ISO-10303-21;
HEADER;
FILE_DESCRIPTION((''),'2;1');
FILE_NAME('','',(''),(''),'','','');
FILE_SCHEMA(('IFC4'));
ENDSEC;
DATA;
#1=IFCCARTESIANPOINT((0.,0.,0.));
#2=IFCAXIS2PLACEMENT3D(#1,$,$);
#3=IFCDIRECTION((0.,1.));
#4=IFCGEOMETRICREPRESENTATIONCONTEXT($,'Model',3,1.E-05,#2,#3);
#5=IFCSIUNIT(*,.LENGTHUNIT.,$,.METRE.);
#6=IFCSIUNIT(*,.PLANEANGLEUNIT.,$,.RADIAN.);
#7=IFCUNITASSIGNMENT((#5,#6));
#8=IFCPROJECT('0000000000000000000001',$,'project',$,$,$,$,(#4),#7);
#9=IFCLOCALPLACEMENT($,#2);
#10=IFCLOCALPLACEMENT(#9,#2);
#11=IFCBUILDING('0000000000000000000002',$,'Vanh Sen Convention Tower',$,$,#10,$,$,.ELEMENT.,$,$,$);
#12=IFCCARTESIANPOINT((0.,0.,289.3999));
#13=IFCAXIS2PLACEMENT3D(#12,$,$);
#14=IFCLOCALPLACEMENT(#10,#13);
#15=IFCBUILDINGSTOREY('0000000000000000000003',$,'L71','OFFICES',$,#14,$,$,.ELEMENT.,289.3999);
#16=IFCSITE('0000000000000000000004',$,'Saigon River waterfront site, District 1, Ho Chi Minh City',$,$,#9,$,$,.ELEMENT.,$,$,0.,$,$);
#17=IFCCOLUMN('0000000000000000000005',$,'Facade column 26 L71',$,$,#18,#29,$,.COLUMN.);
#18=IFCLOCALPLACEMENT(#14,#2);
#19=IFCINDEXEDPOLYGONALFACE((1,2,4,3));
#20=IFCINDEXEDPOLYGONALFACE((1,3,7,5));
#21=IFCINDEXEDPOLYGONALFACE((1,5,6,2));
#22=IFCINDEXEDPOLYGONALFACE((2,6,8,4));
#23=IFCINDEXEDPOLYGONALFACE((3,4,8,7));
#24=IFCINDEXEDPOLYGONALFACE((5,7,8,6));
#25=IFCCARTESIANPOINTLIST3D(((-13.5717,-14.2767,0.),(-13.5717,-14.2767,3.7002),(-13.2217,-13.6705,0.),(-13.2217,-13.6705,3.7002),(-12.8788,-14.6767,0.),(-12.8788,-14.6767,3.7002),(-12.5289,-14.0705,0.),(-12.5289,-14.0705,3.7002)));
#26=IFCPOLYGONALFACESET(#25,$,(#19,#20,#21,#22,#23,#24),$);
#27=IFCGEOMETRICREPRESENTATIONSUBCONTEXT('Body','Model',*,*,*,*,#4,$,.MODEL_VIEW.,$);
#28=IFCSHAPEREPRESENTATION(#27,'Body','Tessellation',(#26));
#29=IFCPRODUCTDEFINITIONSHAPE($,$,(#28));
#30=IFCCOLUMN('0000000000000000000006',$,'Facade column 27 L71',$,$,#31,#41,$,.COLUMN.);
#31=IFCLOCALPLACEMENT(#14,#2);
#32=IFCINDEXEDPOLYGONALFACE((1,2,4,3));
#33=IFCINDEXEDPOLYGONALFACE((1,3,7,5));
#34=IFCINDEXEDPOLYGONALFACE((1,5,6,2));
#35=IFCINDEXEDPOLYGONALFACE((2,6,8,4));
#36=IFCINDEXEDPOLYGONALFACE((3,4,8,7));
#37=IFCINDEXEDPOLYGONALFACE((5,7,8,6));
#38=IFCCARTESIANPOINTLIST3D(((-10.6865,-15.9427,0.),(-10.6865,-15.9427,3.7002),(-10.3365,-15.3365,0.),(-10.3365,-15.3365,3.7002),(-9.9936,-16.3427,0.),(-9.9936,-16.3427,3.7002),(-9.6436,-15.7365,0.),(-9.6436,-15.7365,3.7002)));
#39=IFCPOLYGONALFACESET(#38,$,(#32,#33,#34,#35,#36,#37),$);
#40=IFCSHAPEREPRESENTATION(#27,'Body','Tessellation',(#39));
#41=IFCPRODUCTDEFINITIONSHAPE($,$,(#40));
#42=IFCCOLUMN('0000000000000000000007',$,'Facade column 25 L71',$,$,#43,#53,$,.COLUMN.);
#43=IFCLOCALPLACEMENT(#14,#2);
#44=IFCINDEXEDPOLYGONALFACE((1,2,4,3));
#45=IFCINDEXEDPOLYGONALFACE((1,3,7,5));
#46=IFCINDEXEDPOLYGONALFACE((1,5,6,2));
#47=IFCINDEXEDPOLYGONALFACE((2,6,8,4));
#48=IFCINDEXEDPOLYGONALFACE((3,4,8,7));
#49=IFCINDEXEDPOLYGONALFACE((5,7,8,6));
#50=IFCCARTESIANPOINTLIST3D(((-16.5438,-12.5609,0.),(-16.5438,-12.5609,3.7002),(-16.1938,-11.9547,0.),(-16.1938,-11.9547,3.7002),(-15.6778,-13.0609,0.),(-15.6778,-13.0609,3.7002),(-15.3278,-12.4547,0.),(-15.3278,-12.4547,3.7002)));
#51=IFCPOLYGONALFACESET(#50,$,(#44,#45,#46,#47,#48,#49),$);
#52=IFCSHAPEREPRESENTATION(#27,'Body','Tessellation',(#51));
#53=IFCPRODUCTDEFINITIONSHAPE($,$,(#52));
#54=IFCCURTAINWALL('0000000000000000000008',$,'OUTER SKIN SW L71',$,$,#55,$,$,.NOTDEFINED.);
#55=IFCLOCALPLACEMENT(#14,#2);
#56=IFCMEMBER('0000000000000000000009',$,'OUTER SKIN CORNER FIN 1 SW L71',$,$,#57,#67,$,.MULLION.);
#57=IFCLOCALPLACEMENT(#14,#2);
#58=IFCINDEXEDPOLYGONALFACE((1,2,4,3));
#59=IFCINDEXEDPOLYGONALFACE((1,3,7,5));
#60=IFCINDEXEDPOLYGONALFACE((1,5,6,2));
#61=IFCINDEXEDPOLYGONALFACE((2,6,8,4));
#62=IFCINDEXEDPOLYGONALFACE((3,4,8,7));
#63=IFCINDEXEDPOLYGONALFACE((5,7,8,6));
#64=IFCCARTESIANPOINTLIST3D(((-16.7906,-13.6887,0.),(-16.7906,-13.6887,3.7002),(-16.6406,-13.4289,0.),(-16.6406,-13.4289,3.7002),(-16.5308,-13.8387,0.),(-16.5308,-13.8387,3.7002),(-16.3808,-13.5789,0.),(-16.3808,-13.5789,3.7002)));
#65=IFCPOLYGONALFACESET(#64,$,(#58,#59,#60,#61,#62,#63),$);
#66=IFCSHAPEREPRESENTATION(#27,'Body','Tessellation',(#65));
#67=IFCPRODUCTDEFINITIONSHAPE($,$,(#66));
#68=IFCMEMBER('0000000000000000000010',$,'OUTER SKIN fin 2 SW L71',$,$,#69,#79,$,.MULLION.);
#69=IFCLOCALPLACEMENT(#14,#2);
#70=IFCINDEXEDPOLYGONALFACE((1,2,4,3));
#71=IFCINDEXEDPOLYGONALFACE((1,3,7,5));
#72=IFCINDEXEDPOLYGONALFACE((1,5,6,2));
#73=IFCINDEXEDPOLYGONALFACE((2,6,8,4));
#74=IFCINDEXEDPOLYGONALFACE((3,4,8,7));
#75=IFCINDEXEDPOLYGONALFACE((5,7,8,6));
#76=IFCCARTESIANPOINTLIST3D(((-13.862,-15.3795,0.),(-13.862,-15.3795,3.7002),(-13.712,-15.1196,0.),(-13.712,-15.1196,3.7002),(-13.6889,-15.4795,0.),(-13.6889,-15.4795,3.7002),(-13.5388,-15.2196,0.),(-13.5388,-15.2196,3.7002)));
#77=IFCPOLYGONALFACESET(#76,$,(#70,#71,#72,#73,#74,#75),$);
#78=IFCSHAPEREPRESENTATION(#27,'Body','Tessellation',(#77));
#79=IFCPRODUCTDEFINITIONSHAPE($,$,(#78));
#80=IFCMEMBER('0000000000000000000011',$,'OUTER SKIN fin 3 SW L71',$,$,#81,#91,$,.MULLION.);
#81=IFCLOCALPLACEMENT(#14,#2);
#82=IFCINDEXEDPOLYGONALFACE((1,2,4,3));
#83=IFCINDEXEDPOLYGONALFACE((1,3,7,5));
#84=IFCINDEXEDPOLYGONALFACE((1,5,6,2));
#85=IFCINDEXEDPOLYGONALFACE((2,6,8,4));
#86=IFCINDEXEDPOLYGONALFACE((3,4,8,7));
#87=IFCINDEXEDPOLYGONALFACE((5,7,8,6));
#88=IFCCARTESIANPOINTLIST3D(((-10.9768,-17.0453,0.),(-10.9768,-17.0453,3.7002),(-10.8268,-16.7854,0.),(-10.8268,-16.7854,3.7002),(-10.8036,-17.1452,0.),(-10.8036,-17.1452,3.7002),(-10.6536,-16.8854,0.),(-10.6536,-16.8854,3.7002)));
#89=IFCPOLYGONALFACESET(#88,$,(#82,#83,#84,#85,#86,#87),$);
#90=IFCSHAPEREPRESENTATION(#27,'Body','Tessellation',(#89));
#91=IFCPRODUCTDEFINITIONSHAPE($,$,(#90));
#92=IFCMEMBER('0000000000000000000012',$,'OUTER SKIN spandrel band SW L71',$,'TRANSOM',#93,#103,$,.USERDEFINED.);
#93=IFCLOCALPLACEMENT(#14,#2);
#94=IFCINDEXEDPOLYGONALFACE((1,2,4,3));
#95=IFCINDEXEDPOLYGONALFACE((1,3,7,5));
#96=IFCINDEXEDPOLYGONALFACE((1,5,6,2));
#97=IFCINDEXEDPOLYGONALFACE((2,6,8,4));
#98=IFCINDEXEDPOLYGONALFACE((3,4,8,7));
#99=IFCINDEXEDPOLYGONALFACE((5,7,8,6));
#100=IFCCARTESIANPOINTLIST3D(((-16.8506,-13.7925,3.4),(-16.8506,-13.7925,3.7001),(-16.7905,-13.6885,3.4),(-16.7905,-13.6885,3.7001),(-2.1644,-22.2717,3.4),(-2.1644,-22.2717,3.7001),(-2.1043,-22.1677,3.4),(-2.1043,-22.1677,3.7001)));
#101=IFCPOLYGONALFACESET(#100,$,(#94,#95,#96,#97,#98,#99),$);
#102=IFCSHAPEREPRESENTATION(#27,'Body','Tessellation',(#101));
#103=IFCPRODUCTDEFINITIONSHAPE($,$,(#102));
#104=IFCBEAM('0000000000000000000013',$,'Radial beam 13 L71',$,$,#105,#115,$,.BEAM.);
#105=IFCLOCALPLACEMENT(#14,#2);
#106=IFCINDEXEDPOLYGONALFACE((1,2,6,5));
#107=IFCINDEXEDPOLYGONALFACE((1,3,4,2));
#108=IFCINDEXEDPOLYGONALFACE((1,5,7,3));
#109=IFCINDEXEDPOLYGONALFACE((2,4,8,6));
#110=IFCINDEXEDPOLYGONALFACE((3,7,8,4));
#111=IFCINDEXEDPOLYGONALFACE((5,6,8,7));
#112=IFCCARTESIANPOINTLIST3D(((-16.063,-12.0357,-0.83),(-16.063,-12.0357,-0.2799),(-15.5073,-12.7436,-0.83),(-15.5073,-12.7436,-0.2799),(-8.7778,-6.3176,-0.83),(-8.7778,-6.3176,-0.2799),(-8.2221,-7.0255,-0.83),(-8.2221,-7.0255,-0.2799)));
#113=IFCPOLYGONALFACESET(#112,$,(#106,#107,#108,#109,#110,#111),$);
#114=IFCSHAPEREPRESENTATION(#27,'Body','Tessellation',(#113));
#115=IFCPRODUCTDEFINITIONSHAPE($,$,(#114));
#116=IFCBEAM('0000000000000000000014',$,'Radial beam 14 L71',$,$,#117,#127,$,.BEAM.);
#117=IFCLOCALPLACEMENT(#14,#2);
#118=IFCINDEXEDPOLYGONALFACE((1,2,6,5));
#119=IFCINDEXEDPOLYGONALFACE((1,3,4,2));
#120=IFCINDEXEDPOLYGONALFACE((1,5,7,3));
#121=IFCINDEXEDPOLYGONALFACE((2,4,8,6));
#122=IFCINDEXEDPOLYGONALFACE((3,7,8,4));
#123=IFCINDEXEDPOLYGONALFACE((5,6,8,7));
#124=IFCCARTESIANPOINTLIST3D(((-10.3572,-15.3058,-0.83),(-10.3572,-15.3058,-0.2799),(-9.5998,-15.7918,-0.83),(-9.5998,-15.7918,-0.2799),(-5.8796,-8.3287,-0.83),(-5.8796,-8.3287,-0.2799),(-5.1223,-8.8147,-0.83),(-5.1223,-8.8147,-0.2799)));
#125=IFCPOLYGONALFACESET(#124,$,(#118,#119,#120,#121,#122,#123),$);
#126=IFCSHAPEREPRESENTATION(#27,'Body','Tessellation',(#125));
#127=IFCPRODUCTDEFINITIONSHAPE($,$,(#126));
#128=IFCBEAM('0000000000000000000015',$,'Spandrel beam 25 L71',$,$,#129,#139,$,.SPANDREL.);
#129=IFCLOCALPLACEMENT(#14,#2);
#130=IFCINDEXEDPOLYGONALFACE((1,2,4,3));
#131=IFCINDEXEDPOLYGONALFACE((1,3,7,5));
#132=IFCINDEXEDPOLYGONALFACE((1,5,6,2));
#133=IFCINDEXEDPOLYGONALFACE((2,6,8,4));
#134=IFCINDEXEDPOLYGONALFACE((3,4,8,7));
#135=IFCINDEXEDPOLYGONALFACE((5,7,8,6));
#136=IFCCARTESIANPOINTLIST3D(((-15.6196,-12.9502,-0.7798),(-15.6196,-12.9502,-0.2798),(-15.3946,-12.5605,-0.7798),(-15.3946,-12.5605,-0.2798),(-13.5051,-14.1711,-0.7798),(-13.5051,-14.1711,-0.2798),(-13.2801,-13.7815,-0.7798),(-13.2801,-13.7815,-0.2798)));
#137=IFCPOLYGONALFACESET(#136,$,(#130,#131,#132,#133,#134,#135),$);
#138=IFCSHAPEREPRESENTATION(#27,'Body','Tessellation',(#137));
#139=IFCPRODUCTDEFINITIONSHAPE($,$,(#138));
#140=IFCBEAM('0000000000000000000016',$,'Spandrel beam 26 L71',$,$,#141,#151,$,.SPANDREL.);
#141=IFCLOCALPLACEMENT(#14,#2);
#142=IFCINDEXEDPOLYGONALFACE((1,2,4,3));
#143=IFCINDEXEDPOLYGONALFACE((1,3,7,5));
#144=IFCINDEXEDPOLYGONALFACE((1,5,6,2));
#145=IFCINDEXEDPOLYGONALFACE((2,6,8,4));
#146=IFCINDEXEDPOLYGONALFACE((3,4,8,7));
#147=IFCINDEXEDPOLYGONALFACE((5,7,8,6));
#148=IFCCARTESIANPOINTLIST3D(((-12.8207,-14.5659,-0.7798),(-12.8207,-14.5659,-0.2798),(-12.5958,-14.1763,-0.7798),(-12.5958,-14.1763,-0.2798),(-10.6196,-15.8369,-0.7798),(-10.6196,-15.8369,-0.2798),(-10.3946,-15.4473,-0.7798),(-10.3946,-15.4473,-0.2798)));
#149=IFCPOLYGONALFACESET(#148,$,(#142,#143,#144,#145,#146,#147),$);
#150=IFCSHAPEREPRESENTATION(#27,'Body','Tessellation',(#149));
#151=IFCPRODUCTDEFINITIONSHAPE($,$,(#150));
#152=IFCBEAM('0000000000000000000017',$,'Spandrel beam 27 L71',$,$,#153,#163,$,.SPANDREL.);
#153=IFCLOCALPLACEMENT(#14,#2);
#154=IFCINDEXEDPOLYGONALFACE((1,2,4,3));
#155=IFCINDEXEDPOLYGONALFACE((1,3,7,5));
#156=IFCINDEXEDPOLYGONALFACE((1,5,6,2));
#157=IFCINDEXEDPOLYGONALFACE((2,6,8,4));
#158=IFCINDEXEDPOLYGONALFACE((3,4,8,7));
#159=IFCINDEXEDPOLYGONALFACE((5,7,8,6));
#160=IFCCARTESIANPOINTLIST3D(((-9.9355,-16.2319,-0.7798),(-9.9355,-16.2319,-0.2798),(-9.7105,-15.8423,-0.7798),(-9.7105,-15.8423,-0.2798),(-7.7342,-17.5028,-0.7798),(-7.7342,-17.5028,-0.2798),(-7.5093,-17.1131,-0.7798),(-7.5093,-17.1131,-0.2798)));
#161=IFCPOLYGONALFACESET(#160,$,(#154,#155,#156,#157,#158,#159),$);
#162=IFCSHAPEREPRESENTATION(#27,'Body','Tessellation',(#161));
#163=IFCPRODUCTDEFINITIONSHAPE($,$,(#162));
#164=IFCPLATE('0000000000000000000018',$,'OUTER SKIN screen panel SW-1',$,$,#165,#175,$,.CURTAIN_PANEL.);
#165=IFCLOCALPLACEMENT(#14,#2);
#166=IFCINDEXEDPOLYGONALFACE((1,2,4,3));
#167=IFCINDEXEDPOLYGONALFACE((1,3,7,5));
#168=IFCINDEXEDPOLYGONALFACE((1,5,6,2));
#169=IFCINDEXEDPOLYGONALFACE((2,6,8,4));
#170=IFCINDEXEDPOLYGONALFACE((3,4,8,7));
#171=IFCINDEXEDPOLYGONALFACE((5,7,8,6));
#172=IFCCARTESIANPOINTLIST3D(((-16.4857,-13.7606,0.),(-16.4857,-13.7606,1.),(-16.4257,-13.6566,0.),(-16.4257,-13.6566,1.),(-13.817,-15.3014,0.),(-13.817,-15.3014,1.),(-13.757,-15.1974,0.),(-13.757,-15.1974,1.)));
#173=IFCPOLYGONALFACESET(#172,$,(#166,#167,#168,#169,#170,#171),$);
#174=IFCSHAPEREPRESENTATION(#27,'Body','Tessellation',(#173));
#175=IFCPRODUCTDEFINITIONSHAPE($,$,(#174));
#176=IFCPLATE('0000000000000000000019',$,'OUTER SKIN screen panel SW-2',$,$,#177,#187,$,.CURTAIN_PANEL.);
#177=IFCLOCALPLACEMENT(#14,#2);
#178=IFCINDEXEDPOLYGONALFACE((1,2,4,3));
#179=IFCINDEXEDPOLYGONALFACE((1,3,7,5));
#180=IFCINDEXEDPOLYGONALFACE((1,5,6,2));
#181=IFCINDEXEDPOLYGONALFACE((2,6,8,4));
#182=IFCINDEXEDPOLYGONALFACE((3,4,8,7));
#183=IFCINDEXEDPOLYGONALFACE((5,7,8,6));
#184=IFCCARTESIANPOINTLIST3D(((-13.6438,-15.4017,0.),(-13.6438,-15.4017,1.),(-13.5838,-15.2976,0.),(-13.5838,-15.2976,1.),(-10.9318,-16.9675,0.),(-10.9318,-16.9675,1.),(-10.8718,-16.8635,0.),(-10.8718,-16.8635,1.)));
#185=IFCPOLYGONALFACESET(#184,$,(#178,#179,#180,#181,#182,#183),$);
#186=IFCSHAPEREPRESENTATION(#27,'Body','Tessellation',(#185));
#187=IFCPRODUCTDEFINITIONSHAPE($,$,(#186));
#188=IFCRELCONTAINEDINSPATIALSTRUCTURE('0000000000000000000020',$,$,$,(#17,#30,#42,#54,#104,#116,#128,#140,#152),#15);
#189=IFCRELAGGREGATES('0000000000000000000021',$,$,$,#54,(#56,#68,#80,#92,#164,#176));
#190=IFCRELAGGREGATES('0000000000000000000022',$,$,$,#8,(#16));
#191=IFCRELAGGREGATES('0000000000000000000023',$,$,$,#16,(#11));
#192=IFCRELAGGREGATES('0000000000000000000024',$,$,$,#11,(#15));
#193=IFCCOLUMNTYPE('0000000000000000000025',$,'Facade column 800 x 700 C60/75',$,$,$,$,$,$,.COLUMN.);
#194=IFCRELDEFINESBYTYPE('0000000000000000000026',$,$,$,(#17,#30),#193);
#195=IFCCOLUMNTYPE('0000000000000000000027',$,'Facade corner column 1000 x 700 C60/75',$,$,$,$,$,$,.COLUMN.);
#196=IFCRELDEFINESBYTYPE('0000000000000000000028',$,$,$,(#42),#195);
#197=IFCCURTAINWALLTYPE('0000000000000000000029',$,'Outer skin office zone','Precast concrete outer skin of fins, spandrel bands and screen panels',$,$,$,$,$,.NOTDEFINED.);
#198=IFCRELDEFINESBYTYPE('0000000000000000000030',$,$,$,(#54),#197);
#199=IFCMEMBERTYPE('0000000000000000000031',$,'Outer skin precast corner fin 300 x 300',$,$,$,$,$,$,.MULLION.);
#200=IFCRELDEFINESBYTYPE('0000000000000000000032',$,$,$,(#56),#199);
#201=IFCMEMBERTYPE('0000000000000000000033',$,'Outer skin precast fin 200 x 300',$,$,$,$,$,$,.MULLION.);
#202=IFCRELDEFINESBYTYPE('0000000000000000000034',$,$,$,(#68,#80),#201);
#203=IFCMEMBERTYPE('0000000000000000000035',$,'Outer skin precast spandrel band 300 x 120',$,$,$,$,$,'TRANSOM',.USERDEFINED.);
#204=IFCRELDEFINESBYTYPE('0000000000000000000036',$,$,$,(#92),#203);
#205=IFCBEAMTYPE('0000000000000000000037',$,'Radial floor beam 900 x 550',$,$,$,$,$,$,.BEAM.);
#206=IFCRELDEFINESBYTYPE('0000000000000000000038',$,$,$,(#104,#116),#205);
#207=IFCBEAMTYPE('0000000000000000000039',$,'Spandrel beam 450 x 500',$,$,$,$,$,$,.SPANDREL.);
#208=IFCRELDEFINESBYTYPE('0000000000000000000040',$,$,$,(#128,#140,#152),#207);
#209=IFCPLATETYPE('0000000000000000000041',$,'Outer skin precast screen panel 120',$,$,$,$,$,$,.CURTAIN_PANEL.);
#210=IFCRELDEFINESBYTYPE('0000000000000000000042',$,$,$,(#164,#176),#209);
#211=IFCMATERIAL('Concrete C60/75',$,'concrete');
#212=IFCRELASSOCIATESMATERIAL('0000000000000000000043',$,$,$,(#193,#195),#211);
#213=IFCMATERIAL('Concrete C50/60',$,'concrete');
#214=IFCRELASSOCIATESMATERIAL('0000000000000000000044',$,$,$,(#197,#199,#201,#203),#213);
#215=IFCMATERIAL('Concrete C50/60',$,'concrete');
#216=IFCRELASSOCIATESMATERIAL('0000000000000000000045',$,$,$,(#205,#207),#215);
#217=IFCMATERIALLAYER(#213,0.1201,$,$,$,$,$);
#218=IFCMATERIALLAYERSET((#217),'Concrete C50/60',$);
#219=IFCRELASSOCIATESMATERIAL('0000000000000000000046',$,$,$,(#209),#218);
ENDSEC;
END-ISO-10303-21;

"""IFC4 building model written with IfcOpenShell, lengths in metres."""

from ifc_helpers import new_model, si_unit, direction, frame, origin, origin_2d, place, context, subcontext, project, spatial, rectangle, extrude, material, layer, layer_set, material_profile, profile_set, type_object, element, aggregate, save


model = new_model("IFC4")

# Units and contexts
model_context = context("Model", 3, precision=1e-05, world=origin(), true_north=direction((0.0, 1.0)))
body_context = subcontext(model_context, "Body", "Model", "MODEL_VIEW")
ifc_project = project(units=[si_unit("LENGTHUNIT", "METRE"), si_unit("PLANEANGLEUNIT", "RADIAN")], contexts=[model_context])

# Site, building, storey
site_placement = place(None, origin())
site = spatial("IfcSite", under=ifc_project, at=site_placement, Name="Saigon River waterfront site, District 1, Ho Chi Minh City", CompositionType="ELEMENT", RefElevation=0.0)
building_placement = place(site_placement, origin())
building = spatial("IfcBuilding", under=site, at=building_placement, Name="Vanh Sen Convention Tower", CompositionType="ELEMENT")
storey_placement = place(building_placement, frame((0.0, 0.0, 289.3999)))
storey = spatial("IfcBuildingStorey", under=building, at=storey_placement, Name="L71", Description="OFFICES", CompositionType="ELEMENT", Elevation=289.3999)

# Columns
ifc_material_1 = material(Name="Concrete C60/75", Category="concrete")
ifc_material_profile_1 = material_profile(ifc_material_1, rectangle(XDim=0.8, YDim=0.7, at=origin_2d()), Name="RC 800X700")
ifc_profile_set_1 = profile_set([ifc_material_profile_1], Name="Concrete C60/75")
column_type_1 = type_object("IfcColumnType", Name="Facade column 800 x 700 C60/75", PredefinedType="COLUMN", material=ifc_profile_set_1)
for number, where, z_axis, x_axis, name in (
    (1, (-13.0503, -14.1736, 0.0), (0.0, 0.0, 1.0), (0.866025, -0.5, 0.0), "Facade column 26 L71"),
    (2, (-10.165, -15.8396, 0.0), (0.0, 0.0, 1.0), (0.866025, -0.5, 0.0), "Facade column 27 L71"),
):
    element("IfcColumn", number, at=place(storey_placement, frame(where, z_axis=z_axis, x_axis=x_axis)), inside=storey, type_object=column_type_1, Name=name, PredefinedType="COLUMN", context=body_context, shape_type="SweptSolid", body=[
        extrude(rectangle(XDim=0.8, YDim=0.7, at=origin_2d()), origin(), (0.0, 0.0, 1.0), 3.7002),
    ])
ifc_material_profile_2 = material_profile(ifc_material_1, rectangle(XDim=1.0, YDim=0.7, at=origin_2d()), Name="RC 1000X700")
ifc_profile_set_2 = profile_set([ifc_material_profile_2], Name="Concrete C60/75")
column_type_2 = type_object("IfcColumnType", Name="Facade corner column 1000 x 700 C60/75", PredefinedType="COLUMN", material=ifc_profile_set_2)
column_placement = place(storey_placement, frame((-15.9358, -12.5078, 0.0), z_axis=(0.0, 0.0, 1.0), x_axis=(0.866025, -0.5, 0.0)))
element("IfcColumn", 3, at=column_placement, inside=storey, type_object=column_type_2, Name="Facade column 25 L71", PredefinedType="COLUMN", context=body_context, shape_type="SweptSolid", body=[
    extrude(rectangle(XDim=1.0, YDim=0.7, at=origin_2d()), origin(), (0.0, 0.0, 1.0), 3.7002),
])

# Curtain wall, members
ifc_material_2 = material(Name="Concrete C50/60", Category="concrete")
curtain_wall_type = type_object("IfcCurtainWallType", Name="Outer skin office zone", Description="Precast concrete outer skin of fins, spandrel bands and screen panels", PredefinedType="NOTDEFINED", material=ifc_material_2)
curtain_wall_placement = place(storey_placement, origin())
curtain_wall = element("IfcCurtainWall", 4, at=curtain_wall_placement, inside=storey, type_object=curtain_wall_type, Name="OUTER SKIN SW L71", PredefinedType="NOTDEFINED")
ifc_material_profile_3 = material_profile(ifc_material_2, rectangle(XDim=0.3, YDim=0.3, at=origin_2d()), Name="Outer skin precast corner fin 300 x 300")
ifc_profile_set_3 = profile_set([ifc_material_profile_3], Name="Concrete C50/60")
member_type_1 = type_object("IfcMemberType", Name="Outer skin precast corner fin 300 x 300", PredefinedType="MULLION", material=ifc_profile_set_3)
member_1_placement = place(storey_placement, frame((-16.5857, -13.6338, 0.0), z_axis=(0.0, 0.0, 1.0), x_axis=(0.866025, -0.5, 0.0)))
member_1 = element("IfcMember", 5, at=member_1_placement, type_object=member_type_1, Name="OUTER SKIN CORNER FIN 1 SW L71", PredefinedType="MULLION", context=body_context, shape_type="SweptSolid", body=[
    extrude(rectangle(XDim=0.3, YDim=0.3, at=origin_2d()), origin(), (0.0, 0.0, 1.0), 3.7002),
])
ifc_material_profile_4 = material_profile(ifc_material_2, rectangle(XDim=0.2, YDim=0.3, at=origin_2d()), Name="Outer skin precast fin 200 x 300")
ifc_profile_set_4 = profile_set([ifc_material_profile_4], Name="Concrete C50/60")
member_type_2 = type_object("IfcMemberType", Name="Outer skin precast fin 200 x 300", PredefinedType="MULLION", material=ifc_profile_set_4)
member_2_placement = place(storey_placement, frame((-13.7004, -15.2996, 0.0), z_axis=(0.0, 0.0, 1.0), x_axis=(0.866025, -0.5, 0.0)))
member_2 = element("IfcMember", 6, at=member_2_placement, type_object=member_type_2, Name="OUTER SKIN fin 2 SW L71", PredefinedType="MULLION", context=body_context, shape_type="SweptSolid", body=[
    extrude(rectangle(XDim=0.2, YDim=0.3, at=origin_2d()), origin(), (0.0, 0.0, 1.0), 3.7002),
])
member_3_placement = place(storey_placement, frame((-10.8152, -16.9653, 0.0), z_axis=(0.0, 0.0, 1.0), x_axis=(0.866025, -0.5, 0.0)))
member_3 = element("IfcMember", 7, at=member_3_placement, type_object=member_type_2, Name="OUTER SKIN fin 3 SW L71", PredefinedType="MULLION", context=body_context, shape_type="SweptSolid", body=[
    extrude(rectangle(XDim=0.2, YDim=0.3, at=origin_2d()), origin(), (0.0, 0.0, 1.0), 3.7002),
])
ifc_material_profile_5 = material_profile(ifc_material_2, rectangle(XDim=0.1201, YDim=0.3, at=origin_2d()), Name="Outer skin precast spandrel band 300 x 120")
ifc_profile_set_5 = profile_set([ifc_material_profile_5], Name="Concrete C50/60")
member_type_3 = type_object("IfcMemberType", Name="Outer skin precast spandrel band 300 x 120", ElementType="TRANSOM", PredefinedType="USERDEFINED", material=ifc_profile_set_5)
member_4_placement = place(storey_placement, frame((-16.8206, -13.7405, 3.55), z_axis=(0.866022, -0.500005, 0.0), x_axis=(0.500005, 0.866022, 0.0)))
member_4 = element("IfcMember", 8, at=member_4_placement, type_object=member_type_3, Name="OUTER SKIN spandrel band SW L71", ObjectType="TRANSOM", PredefinedType="USERDEFINED", context=body_context, shape_type="SweptSolid", body=[
    extrude(rectangle(XDim=0.1201, YDim=0.3, at=origin_2d()), origin(), (0.0, 0.0, 1.0), 16.9583),
])

# Beams
ifc_material_3 = material(Name="Concrete C50/60", Category="concrete")
ifc_material_profile_6 = material_profile(ifc_material_3, rectangle(XDim=0.8999, YDim=0.55, at=origin_2d()), Name="RC 900X550")
ifc_profile_set_6 = profile_set([ifc_material_profile_6], Name="Concrete C50/60")
beam_type_1 = type_object("IfcBeamType", Name="Radial floor beam 900 x 550", PredefinedType="BEAM", material=ifc_profile_set_6)
beam_1_placement = place(storey_placement, frame((-15.7852, -12.3896, -0.5549), z_axis=(0.786635, 0.617419, 0.0), x_axis=(-0.617419, 0.786635, 0.0)))
element("IfcBeam", 9, at=beam_1_placement, inside=storey, type_object=beam_type_1, Name="Radial beam 13 L71", PredefinedType="BEAM", context=body_context, shape_type="SweptSolid", body=[
    extrude(rectangle(XDim=0.8999, YDim=0.55, at=origin_2d()), origin(), (0.0, 0.0, 1.0), 9.2612),
])
beam_2_placement = place(storey_placement, frame((-9.9785, -15.5488, -0.5549), z_axis=(0.5401, 0.841601, 0.0), x_axis=(-0.841601, 0.5401, 0.0)))
element("IfcBeam", 10, at=beam_2_placement, inside=storey, type_object=beam_type_1, Name="Radial beam 14 L71", PredefinedType="BEAM", context=body_context, shape_type="SweptSolid", body=[
    extrude(rectangle(XDim=0.8999, YDim=0.55, at=origin_2d()), origin(), (0.0, 0.0, 1.0), 8.2903),
])
ifc_material_profile_7 = material_profile(ifc_material_3, rectangle(XDim=0.45, YDim=0.5, at=origin_2d()), Name="RC 450X500")
ifc_profile_set_7 = profile_set([ifc_material_profile_7], Name="Concrete C50/60")
beam_type_2 = type_object("IfcBeamType", Name="Spandrel beam 450 x 500", PredefinedType="SPANDREL", material=ifc_profile_set_7)
beam_3_placement = place(storey_placement, frame((-15.5071, -12.7554, -0.5298), z_axis=(0.866001, -0.500043, 0.0), x_axis=(0.500043, 0.866001, 0.0)))
element("IfcBeam", 11, at=beam_3_placement, inside=storey, type_object=beam_type_2, Name="Spandrel beam 25 L71", PredefinedType="SPANDREL", context=body_context, shape_type="SweptSolid", body=[
    extrude(rectangle(XDim=0.45, YDim=0.5, at=origin_2d()), origin(), (0.0, 0.0, 1.0), 2.4417),
])
for number, where, z_axis, x_axis, name in (
    (12, (-12.7083, -14.3711, -0.5298), (0.866, -0.500044, 0.0), (0.500044, 0.866, 0.0), "Spandrel beam 26 L71"),
    (13, (-9.823, -16.0371, -0.5298), (0.866042, -0.499972, 0.0), (0.499972, 0.866042, 0.0), "Spandrel beam 27 L71"),
):
    element("IfcBeam", number, at=place(storey_placement, frame(where, z_axis=z_axis, x_axis=x_axis)), inside=storey, type_object=beam_type_2, Name=name, PredefinedType="SPANDREL", context=body_context, shape_type="SweptSolid", body=[
        extrude(rectangle(XDim=0.45, YDim=0.5, at=origin_2d()), origin(), (0.0, 0.0, 1.0), 2.5417),
    ])

# Plates
ifc_layer_1 = layer(ifc_material_2, 0.1201)
ifc_layer_set_1 = layer_set([ifc_layer_1], Name="Concrete C50/60")
plate_type = type_object("IfcPlateType", Name="Outer skin precast screen panel 120", PredefinedType="CURTAIN_PANEL", material=ifc_layer_set_1)
plate_1_placement = place(storey_placement, frame((-15.1213, -14.479, 0.0), z_axis=(0.0, 0.0, 1.0), x_axis=(0.866029, -0.499994, 0.0)))
plate_1 = element("IfcPlate", 14, at=plate_1_placement, type_object=plate_type, Name="OUTER SKIN screen panel SW-1", PredefinedType="CURTAIN_PANEL", context=body_context, shape_type="SweptSolid", body=[
    extrude(rectangle(XDim=3.0815, YDim=0.1201, at=origin_2d()), origin(), (0.0, 0.0, 1.0), 1.0),
])
plate_2_placement = place(storey_placement, frame((-12.2578, -16.1326, 0.0), z_axis=(0.0, 0.0, 1.0), x_axis=(0.866016, -0.500017, 0.0)))
plate_2 = element("IfcPlate", 15, at=plate_2_placement, type_object=plate_type, Name="OUTER SKIN screen panel SW-2", PredefinedType="CURTAIN_PANEL", context=body_context, shape_type="SweptSolid", body=[
    extrude(rectangle(XDim=3.1316, YDim=0.1201, at=origin_2d()), origin(), (0.0, 0.0, 1.0), 1.0),
])
aggregate(curtain_wall, [member_1, member_2, member_3, member_4, plate_1, plate_2])

save(model, "model.ifc")
